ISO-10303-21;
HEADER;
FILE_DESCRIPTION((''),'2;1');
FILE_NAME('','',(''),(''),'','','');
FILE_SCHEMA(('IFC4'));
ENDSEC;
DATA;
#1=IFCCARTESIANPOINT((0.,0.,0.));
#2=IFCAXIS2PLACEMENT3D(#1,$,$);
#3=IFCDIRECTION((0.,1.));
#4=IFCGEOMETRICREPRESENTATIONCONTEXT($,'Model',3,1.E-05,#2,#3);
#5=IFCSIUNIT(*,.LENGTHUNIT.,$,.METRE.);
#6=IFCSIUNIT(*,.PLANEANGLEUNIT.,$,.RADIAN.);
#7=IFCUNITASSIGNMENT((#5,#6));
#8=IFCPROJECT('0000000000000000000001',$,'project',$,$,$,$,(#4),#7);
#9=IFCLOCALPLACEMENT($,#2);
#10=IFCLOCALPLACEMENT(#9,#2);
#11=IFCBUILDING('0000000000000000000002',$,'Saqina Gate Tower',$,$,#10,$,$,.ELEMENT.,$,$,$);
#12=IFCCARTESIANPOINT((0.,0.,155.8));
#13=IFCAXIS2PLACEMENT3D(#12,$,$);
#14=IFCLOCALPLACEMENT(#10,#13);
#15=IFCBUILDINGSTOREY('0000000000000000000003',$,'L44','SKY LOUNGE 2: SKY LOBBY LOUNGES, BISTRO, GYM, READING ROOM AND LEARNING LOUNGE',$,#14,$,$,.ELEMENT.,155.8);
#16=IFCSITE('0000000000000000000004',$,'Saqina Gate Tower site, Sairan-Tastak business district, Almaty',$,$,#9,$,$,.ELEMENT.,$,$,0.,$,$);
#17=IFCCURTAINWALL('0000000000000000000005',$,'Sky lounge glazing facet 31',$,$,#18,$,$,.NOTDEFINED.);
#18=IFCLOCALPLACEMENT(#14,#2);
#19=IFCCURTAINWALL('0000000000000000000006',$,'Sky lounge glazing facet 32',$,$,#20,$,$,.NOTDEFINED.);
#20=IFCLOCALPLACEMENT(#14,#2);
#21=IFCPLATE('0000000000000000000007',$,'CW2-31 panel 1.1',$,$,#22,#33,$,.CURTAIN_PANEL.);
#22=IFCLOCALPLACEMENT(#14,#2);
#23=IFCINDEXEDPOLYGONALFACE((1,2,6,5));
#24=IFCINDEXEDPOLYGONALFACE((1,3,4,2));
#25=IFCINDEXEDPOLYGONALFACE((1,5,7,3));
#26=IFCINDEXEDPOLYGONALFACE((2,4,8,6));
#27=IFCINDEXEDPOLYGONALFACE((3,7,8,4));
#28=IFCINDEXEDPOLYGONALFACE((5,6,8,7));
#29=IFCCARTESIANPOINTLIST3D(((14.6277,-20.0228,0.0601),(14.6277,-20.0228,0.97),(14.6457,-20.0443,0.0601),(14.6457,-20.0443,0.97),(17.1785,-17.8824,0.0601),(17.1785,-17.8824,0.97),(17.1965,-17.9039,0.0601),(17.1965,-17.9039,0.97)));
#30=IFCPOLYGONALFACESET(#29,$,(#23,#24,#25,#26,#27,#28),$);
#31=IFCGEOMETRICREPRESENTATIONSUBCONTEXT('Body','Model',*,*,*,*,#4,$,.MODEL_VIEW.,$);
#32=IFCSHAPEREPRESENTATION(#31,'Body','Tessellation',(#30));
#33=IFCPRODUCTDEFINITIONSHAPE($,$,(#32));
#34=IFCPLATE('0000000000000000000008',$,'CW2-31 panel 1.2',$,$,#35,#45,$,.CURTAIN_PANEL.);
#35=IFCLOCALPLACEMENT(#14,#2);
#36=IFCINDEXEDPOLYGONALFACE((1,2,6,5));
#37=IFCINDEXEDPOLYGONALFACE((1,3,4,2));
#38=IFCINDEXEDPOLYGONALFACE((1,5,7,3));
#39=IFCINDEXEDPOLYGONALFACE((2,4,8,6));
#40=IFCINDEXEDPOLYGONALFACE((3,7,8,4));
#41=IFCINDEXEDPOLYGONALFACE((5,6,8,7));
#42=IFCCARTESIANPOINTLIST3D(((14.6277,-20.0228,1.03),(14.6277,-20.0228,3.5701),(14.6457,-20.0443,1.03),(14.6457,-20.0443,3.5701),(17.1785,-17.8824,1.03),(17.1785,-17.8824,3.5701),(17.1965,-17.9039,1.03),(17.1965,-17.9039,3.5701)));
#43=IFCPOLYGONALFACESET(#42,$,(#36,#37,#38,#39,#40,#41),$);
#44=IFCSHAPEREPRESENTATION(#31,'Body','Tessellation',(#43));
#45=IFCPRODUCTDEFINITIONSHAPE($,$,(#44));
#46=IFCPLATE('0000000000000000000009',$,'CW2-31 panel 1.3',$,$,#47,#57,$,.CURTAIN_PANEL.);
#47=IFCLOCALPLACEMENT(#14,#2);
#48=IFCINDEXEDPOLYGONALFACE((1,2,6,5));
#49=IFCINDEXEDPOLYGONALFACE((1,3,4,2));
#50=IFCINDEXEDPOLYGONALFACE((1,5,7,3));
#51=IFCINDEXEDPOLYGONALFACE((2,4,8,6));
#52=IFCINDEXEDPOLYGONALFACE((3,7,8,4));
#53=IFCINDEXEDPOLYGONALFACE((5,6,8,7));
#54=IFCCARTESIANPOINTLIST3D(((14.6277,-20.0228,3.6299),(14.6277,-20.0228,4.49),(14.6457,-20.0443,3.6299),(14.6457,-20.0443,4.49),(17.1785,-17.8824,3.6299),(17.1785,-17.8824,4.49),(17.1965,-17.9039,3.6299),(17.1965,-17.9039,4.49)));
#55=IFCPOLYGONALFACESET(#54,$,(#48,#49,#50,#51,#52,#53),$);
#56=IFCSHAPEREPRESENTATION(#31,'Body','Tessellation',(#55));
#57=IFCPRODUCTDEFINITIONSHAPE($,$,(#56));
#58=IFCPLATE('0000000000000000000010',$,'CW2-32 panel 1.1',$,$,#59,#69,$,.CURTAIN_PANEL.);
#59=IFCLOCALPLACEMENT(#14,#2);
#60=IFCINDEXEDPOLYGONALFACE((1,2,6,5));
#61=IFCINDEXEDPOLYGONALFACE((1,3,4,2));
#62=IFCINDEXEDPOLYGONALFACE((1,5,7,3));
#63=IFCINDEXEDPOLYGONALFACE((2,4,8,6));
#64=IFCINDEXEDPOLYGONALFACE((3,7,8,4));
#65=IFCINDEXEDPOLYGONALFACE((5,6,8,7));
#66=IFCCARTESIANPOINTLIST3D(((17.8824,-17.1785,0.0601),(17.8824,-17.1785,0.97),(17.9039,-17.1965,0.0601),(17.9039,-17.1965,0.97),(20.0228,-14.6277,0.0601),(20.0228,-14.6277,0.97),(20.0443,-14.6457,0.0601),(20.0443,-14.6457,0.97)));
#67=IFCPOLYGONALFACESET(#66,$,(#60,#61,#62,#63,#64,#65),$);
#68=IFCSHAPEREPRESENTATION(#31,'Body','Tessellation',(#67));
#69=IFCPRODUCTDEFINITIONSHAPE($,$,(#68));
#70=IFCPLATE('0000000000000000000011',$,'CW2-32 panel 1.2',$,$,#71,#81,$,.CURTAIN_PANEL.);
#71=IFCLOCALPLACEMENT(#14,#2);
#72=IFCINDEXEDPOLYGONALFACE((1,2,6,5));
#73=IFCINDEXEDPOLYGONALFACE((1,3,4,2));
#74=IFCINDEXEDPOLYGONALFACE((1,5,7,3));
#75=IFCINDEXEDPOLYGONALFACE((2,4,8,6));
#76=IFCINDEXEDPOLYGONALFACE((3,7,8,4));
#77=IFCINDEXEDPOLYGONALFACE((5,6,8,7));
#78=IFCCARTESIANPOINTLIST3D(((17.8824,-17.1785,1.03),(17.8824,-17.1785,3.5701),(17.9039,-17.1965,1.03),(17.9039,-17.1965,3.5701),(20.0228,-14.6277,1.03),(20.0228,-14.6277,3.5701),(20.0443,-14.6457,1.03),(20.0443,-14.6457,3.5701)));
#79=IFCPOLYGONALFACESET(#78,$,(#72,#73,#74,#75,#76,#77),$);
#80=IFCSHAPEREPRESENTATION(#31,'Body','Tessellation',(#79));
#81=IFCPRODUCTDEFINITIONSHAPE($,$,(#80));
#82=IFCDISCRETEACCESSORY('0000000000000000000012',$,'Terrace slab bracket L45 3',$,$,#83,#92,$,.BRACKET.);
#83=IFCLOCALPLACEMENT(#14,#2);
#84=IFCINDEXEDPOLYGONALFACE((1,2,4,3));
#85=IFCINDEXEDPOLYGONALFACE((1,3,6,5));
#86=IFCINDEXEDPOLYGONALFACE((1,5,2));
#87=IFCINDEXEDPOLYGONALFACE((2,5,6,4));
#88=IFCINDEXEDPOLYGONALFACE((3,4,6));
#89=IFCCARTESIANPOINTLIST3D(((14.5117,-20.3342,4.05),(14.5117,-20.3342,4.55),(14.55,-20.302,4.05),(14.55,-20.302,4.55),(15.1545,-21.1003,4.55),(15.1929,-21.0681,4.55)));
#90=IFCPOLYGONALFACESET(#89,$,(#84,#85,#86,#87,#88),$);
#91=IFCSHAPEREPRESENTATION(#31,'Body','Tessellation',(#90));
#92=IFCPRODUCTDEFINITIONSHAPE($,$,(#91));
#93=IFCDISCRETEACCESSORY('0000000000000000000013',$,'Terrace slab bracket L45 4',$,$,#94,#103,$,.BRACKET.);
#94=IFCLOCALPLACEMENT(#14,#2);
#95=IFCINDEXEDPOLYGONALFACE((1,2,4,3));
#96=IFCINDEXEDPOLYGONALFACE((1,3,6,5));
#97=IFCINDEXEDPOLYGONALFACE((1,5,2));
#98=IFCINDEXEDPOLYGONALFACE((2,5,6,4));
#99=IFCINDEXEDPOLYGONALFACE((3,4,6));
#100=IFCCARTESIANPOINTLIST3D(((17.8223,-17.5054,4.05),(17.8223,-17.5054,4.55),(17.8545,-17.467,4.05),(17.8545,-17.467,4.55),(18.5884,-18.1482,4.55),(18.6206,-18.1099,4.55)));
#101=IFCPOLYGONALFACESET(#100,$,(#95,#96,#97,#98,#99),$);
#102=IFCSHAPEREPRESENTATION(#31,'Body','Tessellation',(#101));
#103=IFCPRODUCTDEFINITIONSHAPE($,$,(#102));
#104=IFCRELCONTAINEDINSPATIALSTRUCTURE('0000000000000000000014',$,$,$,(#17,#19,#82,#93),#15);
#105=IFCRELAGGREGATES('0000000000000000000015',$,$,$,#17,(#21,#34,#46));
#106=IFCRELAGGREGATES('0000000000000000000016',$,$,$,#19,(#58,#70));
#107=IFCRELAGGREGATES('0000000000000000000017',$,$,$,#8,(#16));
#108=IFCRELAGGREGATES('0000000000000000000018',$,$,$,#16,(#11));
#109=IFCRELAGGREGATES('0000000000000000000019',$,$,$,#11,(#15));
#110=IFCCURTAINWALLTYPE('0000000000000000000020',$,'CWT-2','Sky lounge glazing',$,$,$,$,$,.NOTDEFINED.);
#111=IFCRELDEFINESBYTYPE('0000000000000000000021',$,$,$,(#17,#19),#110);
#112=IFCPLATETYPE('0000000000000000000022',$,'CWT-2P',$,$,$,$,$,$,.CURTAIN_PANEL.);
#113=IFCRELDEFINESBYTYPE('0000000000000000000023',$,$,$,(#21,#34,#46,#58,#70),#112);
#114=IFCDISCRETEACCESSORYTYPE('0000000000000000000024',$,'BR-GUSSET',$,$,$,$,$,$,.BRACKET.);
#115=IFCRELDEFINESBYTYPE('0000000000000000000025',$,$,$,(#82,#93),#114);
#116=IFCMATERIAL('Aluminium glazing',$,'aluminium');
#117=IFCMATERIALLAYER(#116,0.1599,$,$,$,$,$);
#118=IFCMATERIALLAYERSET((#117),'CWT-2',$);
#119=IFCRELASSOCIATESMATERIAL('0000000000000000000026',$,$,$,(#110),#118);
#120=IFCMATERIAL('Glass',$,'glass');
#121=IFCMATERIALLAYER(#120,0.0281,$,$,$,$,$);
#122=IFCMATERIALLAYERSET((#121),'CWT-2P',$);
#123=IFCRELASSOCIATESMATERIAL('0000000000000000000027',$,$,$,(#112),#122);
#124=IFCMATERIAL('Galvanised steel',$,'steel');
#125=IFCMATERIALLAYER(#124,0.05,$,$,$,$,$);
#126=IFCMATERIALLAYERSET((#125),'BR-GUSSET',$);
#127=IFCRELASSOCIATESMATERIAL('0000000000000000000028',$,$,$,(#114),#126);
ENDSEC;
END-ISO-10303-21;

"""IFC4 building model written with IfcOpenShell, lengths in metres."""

from ifc_helpers import new_model, si_unit, direction, frame, origin, origin_2d, place, context, subcontext, project, spatial, polyline, rectangle, outline, extrude, material, layer, layer_set, type_object, element, aggregate, save


model = new_model("IFC4")

# Units and contexts
model_context = context("Model", 3, precision=1e-05, world=origin(), true_north=direction((0.0, 1.0)))
body_context = subcontext(model_context, "Body", "Model", "MODEL_VIEW")
ifc_project = project(units=[si_unit("LENGTHUNIT", "METRE"), si_unit("PLANEANGLEUNIT", "RADIAN")], contexts=[model_context])

# Site, building, storey
site_placement = place(None, origin())
site = spatial("IfcSite", under=ifc_project, at=site_placement, Name="Saqina Gate Tower site, Sairan-Tastak business district, Almaty", CompositionType="ELEMENT", RefElevation=0.0)
building_placement = place(site_placement, origin())
building = spatial("IfcBuilding", under=site, at=building_placement, Name="Saqina Gate Tower", CompositionType="ELEMENT")
storey_placement = place(building_placement, frame((0.0, 0.0, 155.8)))
storey = spatial("IfcBuildingStorey", under=building, at=storey_placement, Name="L44", Description="SKY LOUNGE 2: SKY LOBBY LOUNGES, BISTRO, GYM, READING ROOM AND LEARNING LOUNGE", CompositionType="ELEMENT", Elevation=155.8)

# Shared definitions
ifc_material_1 = material(Name="Aluminium glazing", Category="aluminium")
ifc_layer_1 = layer(ifc_material_1, 0.1599)
ifc_layer_set_1 = layer_set([ifc_layer_1], Name="CWT-2")
curtain_wall_type = type_object("IfcCurtainWallType", Name="CWT-2", Description="Sky lounge glazing", PredefinedType="NOTDEFINED", material=ifc_layer_set_1)

# Curtain wall
curtain_wall_1_placement = place(storey_placement, origin())
curtain_wall_1 = element("IfcCurtainWall", 1, at=curtain_wall_1_placement, inside=storey, type_object=curtain_wall_type, Name="Sky lounge glazing facet 31", PredefinedType="NOTDEFINED")

# Curtain wall
curtain_wall_2_placement = place(storey_placement, origin())
curtain_wall_2 = element("IfcCurtainWall", 2, at=curtain_wall_2_placement, inside=storey, type_object=curtain_wall_type, Name="Sky lounge glazing facet 32", PredefinedType="NOTDEFINED")

# Plates
ifc_material_2 = material(Name="Glass", Category="glass")
ifc_layer_2 = layer(ifc_material_2, 0.0281)
ifc_layer_set_2 = layer_set([ifc_layer_2], Name="CWT-2P")
plate_type = type_object("IfcPlateType", Name="CWT-2P", PredefinedType="CURTAIN_PANEL", material=ifc_layer_set_2)
plate_1_placement = place(storey_placement, frame((15.9121, -18.9634, 0.0601), z_axis=(0.0, 0.0, 1.0), x_axis=(0.766043, 0.64279, 0.0)))
plate_1 = element("IfcPlate", 3, at=plate_1_placement, type_object=plate_type, Name="CW2-31 panel 1.1", PredefinedType="CURTAIN_PANEL", context=body_context, shape_type="SweptSolid", body=[
    extrude(rectangle(XDim=3.3298, YDim=0.0281, at=origin_2d()), origin(), (0.0, 0.0, 1.0), 0.9099),
])
plate_2_placement = place(storey_placement, frame((15.9121, -18.9634, 1.03), z_axis=(0.0, 0.0, 1.0), x_axis=(0.766043, 0.64279, 0.0)))
plate_2 = element("IfcPlate", 4, at=plate_2_placement, type_object=plate_type, Name="CW2-31 panel 1.2", PredefinedType="CURTAIN_PANEL", context=body_context, shape_type="SweptSolid", body=[
    extrude(rectangle(XDim=3.3298, YDim=0.0281, at=origin_2d()), origin(), (0.0, 0.0, 1.0), 2.54),
])
plate_3_placement = place(storey_placement, frame((15.9121, -18.9634, 3.6299), z_axis=(0.0, 0.0, 1.0), x_axis=(0.766043, 0.64279, 0.0)))
plate_3 = element("IfcPlate", 5, at=plate_3_placement, type_object=plate_type, Name="CW2-31 panel 1.3", PredefinedType="CURTAIN_PANEL", context=body_context, shape_type="SweptSolid", body=[
    extrude(rectangle(XDim=3.3298, YDim=0.0281, at=origin_2d()), origin(), (0.0, 0.0, 1.0), 0.8601),
])
aggregate(curtain_wall_1, [plate_1, plate_2, plate_3])
plate_4_placement = place(storey_placement, frame((18.9634, -15.9121, 0.0601), z_axis=(0.0, 0.0, 1.0), x_axis=(0.64279, 0.766043, 0.0)))
plate_4 = element("IfcPlate", 6, at=plate_4_placement, type_object=plate_type, Name="CW2-32 panel 1.1", PredefinedType="CURTAIN_PANEL", context=body_context, shape_type="SweptSolid", body=[
    extrude(rectangle(XDim=3.3298, YDim=0.0281, at=origin_2d()), origin(), (0.0, 0.0, 1.0), 0.9099),
])
plate_5_placement = place(storey_placement, frame((18.9634, -15.9121, 1.03), z_axis=(0.0, 0.0, 1.0), x_axis=(0.64279, 0.766043, 0.0)))
plate_5 = element("IfcPlate", 7, at=plate_5_placement, type_object=plate_type, Name="CW2-32 panel 1.2", PredefinedType="CURTAIN_PANEL", context=body_context, shape_type="SweptSolid", body=[
    extrude(rectangle(XDim=3.3298, YDim=0.0281, at=origin_2d()), origin(), (0.0, 0.0, 1.0), 2.54),
])
aggregate(curtain_wall_2, [plate_4, plate_5])

# Discrete accessories
ifc_material_3 = material(Name="Galvanised steel", Category="steel")
ifc_layer_3 = layer(ifc_material_3, 0.05)
ifc_layer_set_3 = layer_set([ifc_layer_3], Name="BR-GUSSET")
discrete_accessory_type = type_object("IfcDiscreteAccessoryType", Name="BR-GUSSET", PredefinedType="BRACKET", material=ifc_layer_set_3)
for number, where, z_axis, x_axis, name in (
    (8, (14.55, -20.302, 4.05), (0.766056, 0.642774, 0.0), (0.0, 0.0, 1.0), "Terrace slab bracket L45 3"),
    (9, (17.8545, -17.467, 4.05), (0.642774, 0.766056, 0.0), (0.0, 0.0, 1.0), "Terrace slab bracket L45 4"),
):
    element("IfcDiscreteAccessory", number, at=place(storey_placement, frame(where, z_axis=z_axis, x_axis=x_axis)), inside=storey, type_object=discrete_accessory_type, Name=name, PredefinedType="BRACKET", context=body_context, shape_type="SweptSolid", body=[
        extrude(outline(polyline([(0.0, 0.0), (0.5, 0.0), (0.5, 1.0001), (0.0, 0.0)])), origin(), (0.0, 0.0, -1.0), 0.05),
    ])

save(model, "model.ifc")
